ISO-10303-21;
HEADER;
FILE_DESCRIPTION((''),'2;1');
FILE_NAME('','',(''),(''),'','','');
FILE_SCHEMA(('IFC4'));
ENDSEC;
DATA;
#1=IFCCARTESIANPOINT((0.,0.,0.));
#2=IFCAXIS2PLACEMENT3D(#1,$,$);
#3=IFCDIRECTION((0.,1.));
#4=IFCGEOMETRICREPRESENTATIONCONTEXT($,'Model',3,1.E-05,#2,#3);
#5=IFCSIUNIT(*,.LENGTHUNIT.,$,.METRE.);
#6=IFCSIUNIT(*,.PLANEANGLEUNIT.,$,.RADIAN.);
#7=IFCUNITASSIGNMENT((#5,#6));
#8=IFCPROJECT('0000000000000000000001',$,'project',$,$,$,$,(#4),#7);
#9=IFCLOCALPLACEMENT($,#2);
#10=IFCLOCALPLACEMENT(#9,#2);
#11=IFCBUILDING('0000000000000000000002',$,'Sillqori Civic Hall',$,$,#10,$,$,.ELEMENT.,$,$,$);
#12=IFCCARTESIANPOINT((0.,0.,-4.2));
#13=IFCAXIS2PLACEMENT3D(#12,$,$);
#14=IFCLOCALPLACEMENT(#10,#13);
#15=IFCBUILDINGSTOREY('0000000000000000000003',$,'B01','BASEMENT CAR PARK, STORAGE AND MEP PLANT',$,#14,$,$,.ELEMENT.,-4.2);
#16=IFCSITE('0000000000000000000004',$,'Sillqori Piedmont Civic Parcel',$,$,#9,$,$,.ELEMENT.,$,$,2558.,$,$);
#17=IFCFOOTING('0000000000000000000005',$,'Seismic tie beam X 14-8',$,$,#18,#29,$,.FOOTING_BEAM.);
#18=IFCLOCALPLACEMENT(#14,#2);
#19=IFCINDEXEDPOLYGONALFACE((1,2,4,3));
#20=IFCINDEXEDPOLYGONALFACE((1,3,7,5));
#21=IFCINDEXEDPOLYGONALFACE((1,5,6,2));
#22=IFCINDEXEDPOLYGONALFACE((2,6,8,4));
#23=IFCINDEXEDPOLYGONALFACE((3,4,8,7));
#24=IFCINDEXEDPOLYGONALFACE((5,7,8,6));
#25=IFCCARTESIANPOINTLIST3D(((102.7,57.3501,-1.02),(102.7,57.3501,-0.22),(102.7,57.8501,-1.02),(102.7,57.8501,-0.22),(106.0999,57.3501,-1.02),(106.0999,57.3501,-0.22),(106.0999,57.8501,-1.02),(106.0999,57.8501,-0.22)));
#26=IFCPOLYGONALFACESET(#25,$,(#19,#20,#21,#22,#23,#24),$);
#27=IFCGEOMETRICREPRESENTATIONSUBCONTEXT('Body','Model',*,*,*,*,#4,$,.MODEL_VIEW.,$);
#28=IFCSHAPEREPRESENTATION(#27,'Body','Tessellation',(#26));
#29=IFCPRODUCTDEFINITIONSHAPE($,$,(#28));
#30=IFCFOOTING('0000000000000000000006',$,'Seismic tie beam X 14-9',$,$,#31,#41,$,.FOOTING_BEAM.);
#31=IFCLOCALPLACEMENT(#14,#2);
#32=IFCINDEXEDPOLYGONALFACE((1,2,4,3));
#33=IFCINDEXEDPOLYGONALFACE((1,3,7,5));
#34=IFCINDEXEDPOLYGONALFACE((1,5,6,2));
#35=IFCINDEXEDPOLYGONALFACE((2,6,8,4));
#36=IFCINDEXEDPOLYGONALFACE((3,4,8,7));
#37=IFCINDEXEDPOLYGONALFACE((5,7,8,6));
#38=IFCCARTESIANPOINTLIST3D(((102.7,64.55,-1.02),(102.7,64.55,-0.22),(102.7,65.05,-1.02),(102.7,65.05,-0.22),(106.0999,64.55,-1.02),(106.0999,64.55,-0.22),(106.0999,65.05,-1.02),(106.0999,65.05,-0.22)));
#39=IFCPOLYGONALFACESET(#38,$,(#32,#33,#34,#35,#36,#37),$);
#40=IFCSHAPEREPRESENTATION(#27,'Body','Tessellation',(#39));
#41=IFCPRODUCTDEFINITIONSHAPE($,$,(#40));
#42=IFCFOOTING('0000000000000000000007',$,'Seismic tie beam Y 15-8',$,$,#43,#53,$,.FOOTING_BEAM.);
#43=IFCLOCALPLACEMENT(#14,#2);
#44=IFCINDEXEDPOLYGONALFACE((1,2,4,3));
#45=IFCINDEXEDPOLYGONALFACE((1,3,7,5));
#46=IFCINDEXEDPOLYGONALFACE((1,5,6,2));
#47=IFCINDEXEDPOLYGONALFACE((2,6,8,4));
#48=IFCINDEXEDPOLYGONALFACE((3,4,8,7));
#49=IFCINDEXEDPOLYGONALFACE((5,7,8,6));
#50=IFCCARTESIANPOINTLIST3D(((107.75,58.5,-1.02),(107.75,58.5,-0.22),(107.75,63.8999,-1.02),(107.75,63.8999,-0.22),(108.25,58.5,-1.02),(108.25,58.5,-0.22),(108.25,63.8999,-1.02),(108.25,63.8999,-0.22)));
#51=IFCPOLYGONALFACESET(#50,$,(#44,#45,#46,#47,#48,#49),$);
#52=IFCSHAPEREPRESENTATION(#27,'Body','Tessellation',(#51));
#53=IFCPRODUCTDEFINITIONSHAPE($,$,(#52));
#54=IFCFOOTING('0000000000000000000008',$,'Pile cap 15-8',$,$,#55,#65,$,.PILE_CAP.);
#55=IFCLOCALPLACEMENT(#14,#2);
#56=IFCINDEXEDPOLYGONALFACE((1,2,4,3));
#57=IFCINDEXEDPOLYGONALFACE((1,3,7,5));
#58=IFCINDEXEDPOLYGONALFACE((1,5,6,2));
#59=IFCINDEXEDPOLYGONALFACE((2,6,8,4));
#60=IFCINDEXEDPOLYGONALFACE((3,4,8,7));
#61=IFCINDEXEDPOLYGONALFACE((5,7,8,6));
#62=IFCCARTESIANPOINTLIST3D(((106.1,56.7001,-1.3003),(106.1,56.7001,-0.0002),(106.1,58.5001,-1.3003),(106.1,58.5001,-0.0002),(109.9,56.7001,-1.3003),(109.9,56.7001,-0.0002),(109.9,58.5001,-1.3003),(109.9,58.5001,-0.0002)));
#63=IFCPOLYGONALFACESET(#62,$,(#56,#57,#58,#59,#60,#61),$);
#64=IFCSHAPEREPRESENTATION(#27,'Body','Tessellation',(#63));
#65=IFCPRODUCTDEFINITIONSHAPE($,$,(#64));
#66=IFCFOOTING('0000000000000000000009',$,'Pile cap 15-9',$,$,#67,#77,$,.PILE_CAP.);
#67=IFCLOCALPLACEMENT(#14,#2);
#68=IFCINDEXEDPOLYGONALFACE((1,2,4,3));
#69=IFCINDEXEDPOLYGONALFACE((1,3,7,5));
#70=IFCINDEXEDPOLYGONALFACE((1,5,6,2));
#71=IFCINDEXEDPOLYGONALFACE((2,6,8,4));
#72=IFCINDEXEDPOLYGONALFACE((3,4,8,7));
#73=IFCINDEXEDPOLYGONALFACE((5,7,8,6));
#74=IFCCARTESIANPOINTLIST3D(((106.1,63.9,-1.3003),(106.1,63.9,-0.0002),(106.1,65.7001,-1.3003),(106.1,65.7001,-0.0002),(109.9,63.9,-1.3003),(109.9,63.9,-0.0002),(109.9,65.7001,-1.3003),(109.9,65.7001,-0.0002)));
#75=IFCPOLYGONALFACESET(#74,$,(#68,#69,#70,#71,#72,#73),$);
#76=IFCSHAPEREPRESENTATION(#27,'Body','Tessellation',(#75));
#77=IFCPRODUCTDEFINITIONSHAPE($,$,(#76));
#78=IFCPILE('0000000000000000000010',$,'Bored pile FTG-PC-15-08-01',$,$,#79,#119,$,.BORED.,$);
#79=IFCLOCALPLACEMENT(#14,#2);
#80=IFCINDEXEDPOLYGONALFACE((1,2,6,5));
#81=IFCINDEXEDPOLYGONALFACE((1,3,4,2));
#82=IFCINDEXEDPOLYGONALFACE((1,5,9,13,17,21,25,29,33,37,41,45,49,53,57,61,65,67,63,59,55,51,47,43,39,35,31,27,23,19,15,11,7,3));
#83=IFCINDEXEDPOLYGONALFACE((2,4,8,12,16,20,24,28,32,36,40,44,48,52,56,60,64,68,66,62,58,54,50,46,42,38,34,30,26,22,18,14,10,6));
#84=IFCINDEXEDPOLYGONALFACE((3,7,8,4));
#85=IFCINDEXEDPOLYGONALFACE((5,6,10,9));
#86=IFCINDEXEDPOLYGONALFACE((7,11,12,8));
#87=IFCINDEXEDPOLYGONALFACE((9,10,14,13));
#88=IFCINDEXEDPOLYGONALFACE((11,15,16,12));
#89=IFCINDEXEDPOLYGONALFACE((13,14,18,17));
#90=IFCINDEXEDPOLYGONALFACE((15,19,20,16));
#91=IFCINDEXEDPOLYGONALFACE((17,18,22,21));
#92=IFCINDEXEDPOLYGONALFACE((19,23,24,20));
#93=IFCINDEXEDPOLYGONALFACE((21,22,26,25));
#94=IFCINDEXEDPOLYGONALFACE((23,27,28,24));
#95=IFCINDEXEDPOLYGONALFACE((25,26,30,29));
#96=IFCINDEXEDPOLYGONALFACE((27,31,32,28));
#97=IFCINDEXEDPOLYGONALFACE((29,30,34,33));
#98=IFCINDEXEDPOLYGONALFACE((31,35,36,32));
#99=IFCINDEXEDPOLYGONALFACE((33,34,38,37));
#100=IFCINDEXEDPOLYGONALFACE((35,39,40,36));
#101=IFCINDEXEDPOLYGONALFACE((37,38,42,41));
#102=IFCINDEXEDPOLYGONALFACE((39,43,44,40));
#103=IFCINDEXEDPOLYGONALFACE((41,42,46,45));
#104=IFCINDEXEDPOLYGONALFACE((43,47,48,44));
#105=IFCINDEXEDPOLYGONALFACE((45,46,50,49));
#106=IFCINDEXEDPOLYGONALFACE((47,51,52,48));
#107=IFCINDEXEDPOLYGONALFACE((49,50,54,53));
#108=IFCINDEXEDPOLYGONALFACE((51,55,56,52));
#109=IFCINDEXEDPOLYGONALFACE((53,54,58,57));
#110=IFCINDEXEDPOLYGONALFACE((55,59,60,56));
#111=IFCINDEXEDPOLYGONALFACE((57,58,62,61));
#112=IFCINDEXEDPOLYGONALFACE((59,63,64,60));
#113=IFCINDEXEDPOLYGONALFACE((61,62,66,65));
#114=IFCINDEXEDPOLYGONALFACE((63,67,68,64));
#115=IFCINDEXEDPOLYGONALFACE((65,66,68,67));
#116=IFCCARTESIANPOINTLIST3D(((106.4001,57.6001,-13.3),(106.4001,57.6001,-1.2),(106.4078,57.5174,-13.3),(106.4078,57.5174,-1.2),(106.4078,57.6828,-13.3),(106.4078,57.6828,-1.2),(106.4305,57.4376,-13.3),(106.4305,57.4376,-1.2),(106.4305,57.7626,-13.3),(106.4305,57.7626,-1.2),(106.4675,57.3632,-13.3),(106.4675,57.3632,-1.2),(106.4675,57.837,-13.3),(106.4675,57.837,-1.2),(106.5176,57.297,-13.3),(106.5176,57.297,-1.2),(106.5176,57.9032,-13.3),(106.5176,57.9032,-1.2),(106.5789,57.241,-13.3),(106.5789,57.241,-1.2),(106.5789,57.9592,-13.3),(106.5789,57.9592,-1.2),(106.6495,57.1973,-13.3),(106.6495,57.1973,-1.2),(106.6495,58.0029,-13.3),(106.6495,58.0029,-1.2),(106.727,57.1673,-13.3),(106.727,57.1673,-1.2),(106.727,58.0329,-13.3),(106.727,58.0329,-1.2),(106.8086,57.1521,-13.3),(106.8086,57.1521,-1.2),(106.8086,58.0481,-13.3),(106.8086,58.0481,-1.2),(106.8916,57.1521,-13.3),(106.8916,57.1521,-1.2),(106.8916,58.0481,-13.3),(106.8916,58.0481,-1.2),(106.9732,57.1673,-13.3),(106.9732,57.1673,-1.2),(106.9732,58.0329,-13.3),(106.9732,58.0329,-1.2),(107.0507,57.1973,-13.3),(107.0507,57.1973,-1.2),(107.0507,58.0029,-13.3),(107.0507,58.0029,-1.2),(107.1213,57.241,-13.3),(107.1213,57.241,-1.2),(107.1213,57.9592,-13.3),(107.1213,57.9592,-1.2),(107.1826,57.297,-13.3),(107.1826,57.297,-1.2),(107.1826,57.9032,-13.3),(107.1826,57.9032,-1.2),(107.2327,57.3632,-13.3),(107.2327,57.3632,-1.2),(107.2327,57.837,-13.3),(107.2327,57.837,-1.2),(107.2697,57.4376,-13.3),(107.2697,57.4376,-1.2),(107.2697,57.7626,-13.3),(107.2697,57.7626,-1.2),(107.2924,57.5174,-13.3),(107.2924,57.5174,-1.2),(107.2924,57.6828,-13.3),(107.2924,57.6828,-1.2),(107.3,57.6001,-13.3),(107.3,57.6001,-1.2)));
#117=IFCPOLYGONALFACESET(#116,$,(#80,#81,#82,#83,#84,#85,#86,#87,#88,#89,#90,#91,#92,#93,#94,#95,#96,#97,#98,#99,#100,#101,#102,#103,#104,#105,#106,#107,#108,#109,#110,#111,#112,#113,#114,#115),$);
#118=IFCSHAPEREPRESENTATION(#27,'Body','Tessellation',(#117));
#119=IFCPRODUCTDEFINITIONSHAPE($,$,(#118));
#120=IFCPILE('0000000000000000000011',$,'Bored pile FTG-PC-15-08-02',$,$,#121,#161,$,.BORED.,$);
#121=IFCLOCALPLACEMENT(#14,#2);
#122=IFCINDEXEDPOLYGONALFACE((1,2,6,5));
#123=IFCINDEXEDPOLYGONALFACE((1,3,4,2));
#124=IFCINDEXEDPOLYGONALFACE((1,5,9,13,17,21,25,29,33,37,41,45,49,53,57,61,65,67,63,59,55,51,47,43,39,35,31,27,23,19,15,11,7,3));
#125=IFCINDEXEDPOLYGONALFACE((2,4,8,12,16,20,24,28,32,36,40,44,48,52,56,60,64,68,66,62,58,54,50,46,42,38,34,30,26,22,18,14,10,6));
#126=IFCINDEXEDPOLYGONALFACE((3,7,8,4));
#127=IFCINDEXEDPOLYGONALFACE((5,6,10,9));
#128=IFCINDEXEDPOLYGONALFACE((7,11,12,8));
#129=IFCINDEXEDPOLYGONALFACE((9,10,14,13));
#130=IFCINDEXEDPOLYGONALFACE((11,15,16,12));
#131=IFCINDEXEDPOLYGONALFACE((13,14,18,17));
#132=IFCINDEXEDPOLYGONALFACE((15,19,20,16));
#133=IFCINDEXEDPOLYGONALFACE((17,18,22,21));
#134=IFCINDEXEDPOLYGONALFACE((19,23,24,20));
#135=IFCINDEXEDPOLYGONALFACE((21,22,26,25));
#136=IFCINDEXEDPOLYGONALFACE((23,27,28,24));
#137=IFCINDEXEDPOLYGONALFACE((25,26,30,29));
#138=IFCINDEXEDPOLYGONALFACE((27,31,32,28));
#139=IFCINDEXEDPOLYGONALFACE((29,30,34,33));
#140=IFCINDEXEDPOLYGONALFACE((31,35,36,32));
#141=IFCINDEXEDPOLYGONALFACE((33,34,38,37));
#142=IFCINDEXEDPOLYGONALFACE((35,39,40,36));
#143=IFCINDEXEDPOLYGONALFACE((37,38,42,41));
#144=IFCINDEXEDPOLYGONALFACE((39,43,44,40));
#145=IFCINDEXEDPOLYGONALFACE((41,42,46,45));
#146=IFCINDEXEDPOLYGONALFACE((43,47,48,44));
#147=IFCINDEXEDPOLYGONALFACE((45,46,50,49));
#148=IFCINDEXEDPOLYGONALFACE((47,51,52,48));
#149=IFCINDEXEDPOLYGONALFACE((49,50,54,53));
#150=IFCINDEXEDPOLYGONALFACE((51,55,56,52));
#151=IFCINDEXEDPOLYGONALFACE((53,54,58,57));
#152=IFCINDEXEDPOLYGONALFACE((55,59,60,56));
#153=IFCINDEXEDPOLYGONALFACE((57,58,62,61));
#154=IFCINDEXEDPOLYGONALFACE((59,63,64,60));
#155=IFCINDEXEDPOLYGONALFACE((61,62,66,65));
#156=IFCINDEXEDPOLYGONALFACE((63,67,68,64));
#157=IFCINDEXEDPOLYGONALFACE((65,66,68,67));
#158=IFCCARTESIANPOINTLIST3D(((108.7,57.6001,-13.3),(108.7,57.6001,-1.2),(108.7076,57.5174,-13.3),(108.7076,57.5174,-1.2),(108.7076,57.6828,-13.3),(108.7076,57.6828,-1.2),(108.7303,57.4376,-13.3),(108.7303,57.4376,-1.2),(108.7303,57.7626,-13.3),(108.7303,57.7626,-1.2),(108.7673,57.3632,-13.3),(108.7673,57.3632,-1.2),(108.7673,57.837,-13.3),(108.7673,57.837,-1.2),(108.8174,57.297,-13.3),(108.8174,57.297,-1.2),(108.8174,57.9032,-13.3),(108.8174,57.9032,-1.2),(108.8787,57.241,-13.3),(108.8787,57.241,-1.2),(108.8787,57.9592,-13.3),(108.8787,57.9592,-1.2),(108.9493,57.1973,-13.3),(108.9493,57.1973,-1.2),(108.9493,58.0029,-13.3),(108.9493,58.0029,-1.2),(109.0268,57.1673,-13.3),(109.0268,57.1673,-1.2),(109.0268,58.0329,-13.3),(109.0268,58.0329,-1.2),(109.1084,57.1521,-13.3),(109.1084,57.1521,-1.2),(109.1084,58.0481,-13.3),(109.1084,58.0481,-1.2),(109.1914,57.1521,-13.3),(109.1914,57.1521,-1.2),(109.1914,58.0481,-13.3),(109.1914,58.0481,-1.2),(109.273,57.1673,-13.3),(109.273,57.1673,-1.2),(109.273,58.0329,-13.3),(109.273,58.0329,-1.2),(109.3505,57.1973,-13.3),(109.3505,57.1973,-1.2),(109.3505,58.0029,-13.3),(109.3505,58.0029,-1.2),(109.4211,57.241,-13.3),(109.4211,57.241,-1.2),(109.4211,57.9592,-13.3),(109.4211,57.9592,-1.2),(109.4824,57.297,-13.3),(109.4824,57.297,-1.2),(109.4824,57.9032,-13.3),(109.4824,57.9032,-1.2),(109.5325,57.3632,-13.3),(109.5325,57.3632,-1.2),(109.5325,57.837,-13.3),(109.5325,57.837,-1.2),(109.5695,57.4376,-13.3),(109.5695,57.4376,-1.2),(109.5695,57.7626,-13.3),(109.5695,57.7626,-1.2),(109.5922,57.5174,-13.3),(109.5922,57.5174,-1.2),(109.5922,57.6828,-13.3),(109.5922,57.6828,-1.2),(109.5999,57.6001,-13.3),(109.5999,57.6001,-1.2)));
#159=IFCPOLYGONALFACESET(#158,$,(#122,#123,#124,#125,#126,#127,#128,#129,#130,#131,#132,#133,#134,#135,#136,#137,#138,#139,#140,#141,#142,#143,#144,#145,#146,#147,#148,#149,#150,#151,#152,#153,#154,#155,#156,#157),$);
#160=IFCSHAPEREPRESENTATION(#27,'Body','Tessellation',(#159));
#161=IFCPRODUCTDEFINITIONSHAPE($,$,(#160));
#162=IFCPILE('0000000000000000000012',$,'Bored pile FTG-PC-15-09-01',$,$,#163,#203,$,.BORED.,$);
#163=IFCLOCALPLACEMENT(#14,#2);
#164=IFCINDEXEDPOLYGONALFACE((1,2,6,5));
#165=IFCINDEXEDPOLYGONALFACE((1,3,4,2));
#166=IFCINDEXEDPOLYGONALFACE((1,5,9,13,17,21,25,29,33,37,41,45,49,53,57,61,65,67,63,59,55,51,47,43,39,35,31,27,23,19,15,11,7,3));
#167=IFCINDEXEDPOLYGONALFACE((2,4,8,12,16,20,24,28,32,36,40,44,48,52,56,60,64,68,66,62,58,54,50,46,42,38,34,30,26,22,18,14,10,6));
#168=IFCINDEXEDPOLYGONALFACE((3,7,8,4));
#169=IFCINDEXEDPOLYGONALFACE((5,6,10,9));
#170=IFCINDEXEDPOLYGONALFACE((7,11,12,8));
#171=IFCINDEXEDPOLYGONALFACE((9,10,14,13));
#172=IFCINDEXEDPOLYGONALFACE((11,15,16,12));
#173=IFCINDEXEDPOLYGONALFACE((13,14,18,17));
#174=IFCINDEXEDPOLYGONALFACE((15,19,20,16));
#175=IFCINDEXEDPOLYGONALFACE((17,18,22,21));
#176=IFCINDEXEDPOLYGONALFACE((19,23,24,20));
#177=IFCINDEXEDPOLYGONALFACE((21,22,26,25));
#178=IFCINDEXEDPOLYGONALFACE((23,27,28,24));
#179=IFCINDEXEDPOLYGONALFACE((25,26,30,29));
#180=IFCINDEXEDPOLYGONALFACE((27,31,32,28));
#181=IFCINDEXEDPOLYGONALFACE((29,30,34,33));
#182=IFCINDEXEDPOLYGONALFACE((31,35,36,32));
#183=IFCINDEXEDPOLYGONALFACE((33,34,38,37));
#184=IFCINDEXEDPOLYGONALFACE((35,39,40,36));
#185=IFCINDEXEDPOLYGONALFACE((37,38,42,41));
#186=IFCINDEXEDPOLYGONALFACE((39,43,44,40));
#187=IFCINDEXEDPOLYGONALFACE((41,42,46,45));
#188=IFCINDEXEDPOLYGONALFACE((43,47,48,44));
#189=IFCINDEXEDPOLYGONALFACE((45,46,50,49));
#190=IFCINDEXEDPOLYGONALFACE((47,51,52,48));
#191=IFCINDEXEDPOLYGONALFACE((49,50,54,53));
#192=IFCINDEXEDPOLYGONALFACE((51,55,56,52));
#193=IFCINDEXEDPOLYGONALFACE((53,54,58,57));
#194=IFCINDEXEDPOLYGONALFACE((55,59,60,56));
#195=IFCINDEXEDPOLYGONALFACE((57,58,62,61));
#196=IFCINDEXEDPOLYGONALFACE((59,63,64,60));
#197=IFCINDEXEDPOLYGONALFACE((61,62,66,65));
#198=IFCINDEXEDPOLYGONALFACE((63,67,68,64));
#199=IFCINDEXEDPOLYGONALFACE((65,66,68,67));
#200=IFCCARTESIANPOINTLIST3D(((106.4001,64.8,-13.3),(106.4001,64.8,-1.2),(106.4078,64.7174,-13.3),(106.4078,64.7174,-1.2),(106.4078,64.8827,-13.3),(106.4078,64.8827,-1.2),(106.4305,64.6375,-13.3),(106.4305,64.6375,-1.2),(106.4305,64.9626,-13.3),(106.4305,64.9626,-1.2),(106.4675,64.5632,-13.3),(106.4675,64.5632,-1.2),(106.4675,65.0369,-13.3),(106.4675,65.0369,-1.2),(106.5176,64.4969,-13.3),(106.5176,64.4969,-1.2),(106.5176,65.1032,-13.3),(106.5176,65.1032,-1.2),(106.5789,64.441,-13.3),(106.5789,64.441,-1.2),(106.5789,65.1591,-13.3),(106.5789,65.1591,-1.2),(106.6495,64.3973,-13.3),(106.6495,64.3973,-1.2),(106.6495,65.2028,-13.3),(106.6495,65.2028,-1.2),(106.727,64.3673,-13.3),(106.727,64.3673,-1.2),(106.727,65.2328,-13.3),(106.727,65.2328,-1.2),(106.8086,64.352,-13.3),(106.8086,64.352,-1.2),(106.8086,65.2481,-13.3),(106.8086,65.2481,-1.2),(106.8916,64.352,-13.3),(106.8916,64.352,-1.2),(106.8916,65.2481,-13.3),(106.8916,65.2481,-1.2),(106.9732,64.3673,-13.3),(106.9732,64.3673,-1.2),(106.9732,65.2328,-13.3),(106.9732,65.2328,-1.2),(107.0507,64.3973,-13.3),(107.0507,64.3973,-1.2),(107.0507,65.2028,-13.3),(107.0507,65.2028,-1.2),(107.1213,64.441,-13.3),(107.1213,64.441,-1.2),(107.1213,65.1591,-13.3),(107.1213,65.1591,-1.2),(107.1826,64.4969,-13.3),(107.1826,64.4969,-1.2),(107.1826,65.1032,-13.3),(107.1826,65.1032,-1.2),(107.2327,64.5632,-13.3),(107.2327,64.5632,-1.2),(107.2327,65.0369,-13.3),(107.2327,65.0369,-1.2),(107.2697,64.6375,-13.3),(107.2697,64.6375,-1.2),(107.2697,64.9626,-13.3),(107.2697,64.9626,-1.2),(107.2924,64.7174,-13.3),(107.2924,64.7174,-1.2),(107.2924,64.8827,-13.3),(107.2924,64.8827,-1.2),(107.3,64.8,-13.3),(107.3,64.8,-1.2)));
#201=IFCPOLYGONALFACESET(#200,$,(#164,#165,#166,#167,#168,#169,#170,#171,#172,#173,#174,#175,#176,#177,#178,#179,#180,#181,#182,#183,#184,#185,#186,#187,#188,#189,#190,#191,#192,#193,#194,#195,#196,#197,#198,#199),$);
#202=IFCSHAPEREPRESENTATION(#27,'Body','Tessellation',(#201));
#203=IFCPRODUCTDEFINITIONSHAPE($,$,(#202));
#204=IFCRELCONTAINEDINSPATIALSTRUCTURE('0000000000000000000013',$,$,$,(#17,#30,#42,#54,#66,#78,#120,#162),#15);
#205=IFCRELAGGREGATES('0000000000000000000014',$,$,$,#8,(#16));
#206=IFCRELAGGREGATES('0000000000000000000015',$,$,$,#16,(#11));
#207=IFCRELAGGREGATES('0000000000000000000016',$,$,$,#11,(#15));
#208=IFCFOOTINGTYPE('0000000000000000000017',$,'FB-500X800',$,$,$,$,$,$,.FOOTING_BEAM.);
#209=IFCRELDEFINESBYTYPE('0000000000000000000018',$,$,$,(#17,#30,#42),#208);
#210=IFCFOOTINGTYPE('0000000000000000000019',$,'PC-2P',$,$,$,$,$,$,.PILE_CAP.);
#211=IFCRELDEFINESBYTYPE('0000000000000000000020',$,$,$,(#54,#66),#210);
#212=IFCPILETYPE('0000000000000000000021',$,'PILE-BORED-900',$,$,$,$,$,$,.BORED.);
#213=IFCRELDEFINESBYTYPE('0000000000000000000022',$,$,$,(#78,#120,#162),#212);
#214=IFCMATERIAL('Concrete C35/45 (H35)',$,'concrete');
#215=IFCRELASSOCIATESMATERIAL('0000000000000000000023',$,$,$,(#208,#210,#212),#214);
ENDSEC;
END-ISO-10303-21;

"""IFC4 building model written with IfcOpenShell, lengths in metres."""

from ifc_helpers import new_model, si_unit, direction, frame, origin, origin_2d, place, context, subcontext, project, spatial, rectangle, circle, extrude, material, material_profile, profile_set, type_object, element, save


model = new_model("IFC4")

# Units and contexts
model_context = context("Model", 3, precision=1e-05, world=origin(), true_north=direction((0.0, 1.0)))
body_context = subcontext(model_context, "Body", "Model", "MODEL_VIEW")
ifc_project = project(units=[si_unit("LENGTHUNIT", "METRE"), si_unit("PLANEANGLEUNIT", "RADIAN")], contexts=[model_context])

# Site, building, storey
site_placement = place(None, origin())
site = spatial("IfcSite", under=ifc_project, at=site_placement, Name="Sillqori Piedmont Civic Parcel", CompositionType="ELEMENT", RefElevation=2558.0)
building_placement = place(site_placement, origin())
building = spatial("IfcBuilding", under=site, at=building_placement, Name="Sillqori Civic Hall", CompositionType="ELEMENT")
storey_placement = place(building_placement, frame((0.0, 0.0, -4.2)))
storey = spatial("IfcBuildingStorey", under=building, at=storey_placement, Name="B01", Description="BASEMENT CAR PARK, STORAGE AND MEP PLANT", CompositionType="ELEMENT", Elevation=-4.2)

# Footings
ifc_material_1 = material(Name="Concrete C35/45 (H35)", Category="concrete")
footing_type_1 = type_object("IfcFootingType", Name="FB-500X800", PredefinedType="FOOTING_BEAM", material=ifc_material_1)
for number, where, z_axis, x_axis, name in (
    (1, (104.3999, 57.6001, -1.02), (0.0, 0.0, 1.0), (1.0, 0.0, 0.0), "Seismic tie beam X 14-8"),
    (2, (104.3999, 64.8, -1.02), (0.0, 0.0, 1.0), (1.0, 0.0, 0.0), "Seismic tie beam X 14-9"),
):
    element("IfcFooting", number, at=place(storey_placement, frame(where, z_axis=z_axis, x_axis=x_axis)), inside=storey, type_object=footing_type_1, Name=name, PredefinedType="FOOTING_BEAM", context=body_context, shape_type="SweptSolid", body=[
        extrude(rectangle(XDim=3.3999, YDim=0.5, at=origin_2d()), origin(), (0.0, 0.0, 1.0), 0.8),
    ])
footing_placement = place(storey_placement, frame((108.0, 61.2, -1.02), z_axis=(0.0, 0.0, 1.0), x_axis=(1.0, 0.0, 0.0)))
element("IfcFooting", 3, at=footing_placement, inside=storey, type_object=footing_type_1, Name="Seismic tie beam Y 15-8", PredefinedType="FOOTING_BEAM", context=body_context, shape_type="SweptSolid", body=[
    extrude(rectangle(XDim=0.5, YDim=5.3999, at=origin_2d()), origin(), (0.0, 0.0, 1.0), 0.8),
])
footing_type_2 = type_object("IfcFootingType", Name="PC-2P", PredefinedType="PILE_CAP", material=ifc_material_1)
for number, where, z_axis, x_axis, name in (
    (4, (108.0, 57.6001, -1.3003), (0.0, 0.0, 1.0), (1.0, 0.0, 0.0), "Pile cap 15-8"),
    (5, (108.0, 64.8, -1.3003), (0.0, 0.0, 1.0), (1.0, 0.0, 0.0), "Pile cap 15-9"),
):
    element("IfcFooting", number, at=place(storey_placement, frame(where, z_axis=z_axis, x_axis=x_axis)), inside=storey, type_object=footing_type_2, Name=name, PredefinedType="PILE_CAP", context=body_context, shape_type="SweptSolid", body=[
        extrude(rectangle(XDim=3.8, YDim=1.8, at=origin_2d()), origin(), (0.0, 0.0, 1.0), 1.3),
    ])

# Piles
ifc_material_profile_1 = material_profile(ifc_material_1, circle(Radius=0.45, at=origin_2d()), Name="BORED PILE 900")
ifc_profile_set_1 = profile_set([ifc_material_profile_1], Name="Concrete C35/45 (H35)")
pile_type = type_object("IfcPileType", Name="PILE-BORED-900", PredefinedType="BORED", material=ifc_profile_set_1)
for number, where, z_axis, x_axis, name in (
    (6, (106.8501, 57.6001, -1.2), (0.0, 0.0, -1.0), (1.0, 0.0, 0.0), "Bored pile FTG-PC-15-08-01"),
    (7, (109.1499, 57.6001, -1.2), (0.0, 0.0, -1.0), (1.0, 0.0, 0.0), "Bored pile FTG-PC-15-08-02"),
    (8, (106.8501, 64.8, -1.2), (0.0, 0.0, -1.0), (1.0, 0.0, 0.0), "Bored pile FTG-PC-15-09-01"),
):
    element("IfcPile", number, at=place(storey_placement, frame(where, z_axis=z_axis, x_axis=x_axis)), inside=storey, type_object=pile_type, Name=name, PredefinedType="BORED", context=body_context, shape_type="SweptSolid", body=[
        extrude(circle(Radius=0.45, at=origin_2d()), origin(), (0.0, 0.0, 1.0), 12.1001),
    ])

save(model, "model.ifc")
